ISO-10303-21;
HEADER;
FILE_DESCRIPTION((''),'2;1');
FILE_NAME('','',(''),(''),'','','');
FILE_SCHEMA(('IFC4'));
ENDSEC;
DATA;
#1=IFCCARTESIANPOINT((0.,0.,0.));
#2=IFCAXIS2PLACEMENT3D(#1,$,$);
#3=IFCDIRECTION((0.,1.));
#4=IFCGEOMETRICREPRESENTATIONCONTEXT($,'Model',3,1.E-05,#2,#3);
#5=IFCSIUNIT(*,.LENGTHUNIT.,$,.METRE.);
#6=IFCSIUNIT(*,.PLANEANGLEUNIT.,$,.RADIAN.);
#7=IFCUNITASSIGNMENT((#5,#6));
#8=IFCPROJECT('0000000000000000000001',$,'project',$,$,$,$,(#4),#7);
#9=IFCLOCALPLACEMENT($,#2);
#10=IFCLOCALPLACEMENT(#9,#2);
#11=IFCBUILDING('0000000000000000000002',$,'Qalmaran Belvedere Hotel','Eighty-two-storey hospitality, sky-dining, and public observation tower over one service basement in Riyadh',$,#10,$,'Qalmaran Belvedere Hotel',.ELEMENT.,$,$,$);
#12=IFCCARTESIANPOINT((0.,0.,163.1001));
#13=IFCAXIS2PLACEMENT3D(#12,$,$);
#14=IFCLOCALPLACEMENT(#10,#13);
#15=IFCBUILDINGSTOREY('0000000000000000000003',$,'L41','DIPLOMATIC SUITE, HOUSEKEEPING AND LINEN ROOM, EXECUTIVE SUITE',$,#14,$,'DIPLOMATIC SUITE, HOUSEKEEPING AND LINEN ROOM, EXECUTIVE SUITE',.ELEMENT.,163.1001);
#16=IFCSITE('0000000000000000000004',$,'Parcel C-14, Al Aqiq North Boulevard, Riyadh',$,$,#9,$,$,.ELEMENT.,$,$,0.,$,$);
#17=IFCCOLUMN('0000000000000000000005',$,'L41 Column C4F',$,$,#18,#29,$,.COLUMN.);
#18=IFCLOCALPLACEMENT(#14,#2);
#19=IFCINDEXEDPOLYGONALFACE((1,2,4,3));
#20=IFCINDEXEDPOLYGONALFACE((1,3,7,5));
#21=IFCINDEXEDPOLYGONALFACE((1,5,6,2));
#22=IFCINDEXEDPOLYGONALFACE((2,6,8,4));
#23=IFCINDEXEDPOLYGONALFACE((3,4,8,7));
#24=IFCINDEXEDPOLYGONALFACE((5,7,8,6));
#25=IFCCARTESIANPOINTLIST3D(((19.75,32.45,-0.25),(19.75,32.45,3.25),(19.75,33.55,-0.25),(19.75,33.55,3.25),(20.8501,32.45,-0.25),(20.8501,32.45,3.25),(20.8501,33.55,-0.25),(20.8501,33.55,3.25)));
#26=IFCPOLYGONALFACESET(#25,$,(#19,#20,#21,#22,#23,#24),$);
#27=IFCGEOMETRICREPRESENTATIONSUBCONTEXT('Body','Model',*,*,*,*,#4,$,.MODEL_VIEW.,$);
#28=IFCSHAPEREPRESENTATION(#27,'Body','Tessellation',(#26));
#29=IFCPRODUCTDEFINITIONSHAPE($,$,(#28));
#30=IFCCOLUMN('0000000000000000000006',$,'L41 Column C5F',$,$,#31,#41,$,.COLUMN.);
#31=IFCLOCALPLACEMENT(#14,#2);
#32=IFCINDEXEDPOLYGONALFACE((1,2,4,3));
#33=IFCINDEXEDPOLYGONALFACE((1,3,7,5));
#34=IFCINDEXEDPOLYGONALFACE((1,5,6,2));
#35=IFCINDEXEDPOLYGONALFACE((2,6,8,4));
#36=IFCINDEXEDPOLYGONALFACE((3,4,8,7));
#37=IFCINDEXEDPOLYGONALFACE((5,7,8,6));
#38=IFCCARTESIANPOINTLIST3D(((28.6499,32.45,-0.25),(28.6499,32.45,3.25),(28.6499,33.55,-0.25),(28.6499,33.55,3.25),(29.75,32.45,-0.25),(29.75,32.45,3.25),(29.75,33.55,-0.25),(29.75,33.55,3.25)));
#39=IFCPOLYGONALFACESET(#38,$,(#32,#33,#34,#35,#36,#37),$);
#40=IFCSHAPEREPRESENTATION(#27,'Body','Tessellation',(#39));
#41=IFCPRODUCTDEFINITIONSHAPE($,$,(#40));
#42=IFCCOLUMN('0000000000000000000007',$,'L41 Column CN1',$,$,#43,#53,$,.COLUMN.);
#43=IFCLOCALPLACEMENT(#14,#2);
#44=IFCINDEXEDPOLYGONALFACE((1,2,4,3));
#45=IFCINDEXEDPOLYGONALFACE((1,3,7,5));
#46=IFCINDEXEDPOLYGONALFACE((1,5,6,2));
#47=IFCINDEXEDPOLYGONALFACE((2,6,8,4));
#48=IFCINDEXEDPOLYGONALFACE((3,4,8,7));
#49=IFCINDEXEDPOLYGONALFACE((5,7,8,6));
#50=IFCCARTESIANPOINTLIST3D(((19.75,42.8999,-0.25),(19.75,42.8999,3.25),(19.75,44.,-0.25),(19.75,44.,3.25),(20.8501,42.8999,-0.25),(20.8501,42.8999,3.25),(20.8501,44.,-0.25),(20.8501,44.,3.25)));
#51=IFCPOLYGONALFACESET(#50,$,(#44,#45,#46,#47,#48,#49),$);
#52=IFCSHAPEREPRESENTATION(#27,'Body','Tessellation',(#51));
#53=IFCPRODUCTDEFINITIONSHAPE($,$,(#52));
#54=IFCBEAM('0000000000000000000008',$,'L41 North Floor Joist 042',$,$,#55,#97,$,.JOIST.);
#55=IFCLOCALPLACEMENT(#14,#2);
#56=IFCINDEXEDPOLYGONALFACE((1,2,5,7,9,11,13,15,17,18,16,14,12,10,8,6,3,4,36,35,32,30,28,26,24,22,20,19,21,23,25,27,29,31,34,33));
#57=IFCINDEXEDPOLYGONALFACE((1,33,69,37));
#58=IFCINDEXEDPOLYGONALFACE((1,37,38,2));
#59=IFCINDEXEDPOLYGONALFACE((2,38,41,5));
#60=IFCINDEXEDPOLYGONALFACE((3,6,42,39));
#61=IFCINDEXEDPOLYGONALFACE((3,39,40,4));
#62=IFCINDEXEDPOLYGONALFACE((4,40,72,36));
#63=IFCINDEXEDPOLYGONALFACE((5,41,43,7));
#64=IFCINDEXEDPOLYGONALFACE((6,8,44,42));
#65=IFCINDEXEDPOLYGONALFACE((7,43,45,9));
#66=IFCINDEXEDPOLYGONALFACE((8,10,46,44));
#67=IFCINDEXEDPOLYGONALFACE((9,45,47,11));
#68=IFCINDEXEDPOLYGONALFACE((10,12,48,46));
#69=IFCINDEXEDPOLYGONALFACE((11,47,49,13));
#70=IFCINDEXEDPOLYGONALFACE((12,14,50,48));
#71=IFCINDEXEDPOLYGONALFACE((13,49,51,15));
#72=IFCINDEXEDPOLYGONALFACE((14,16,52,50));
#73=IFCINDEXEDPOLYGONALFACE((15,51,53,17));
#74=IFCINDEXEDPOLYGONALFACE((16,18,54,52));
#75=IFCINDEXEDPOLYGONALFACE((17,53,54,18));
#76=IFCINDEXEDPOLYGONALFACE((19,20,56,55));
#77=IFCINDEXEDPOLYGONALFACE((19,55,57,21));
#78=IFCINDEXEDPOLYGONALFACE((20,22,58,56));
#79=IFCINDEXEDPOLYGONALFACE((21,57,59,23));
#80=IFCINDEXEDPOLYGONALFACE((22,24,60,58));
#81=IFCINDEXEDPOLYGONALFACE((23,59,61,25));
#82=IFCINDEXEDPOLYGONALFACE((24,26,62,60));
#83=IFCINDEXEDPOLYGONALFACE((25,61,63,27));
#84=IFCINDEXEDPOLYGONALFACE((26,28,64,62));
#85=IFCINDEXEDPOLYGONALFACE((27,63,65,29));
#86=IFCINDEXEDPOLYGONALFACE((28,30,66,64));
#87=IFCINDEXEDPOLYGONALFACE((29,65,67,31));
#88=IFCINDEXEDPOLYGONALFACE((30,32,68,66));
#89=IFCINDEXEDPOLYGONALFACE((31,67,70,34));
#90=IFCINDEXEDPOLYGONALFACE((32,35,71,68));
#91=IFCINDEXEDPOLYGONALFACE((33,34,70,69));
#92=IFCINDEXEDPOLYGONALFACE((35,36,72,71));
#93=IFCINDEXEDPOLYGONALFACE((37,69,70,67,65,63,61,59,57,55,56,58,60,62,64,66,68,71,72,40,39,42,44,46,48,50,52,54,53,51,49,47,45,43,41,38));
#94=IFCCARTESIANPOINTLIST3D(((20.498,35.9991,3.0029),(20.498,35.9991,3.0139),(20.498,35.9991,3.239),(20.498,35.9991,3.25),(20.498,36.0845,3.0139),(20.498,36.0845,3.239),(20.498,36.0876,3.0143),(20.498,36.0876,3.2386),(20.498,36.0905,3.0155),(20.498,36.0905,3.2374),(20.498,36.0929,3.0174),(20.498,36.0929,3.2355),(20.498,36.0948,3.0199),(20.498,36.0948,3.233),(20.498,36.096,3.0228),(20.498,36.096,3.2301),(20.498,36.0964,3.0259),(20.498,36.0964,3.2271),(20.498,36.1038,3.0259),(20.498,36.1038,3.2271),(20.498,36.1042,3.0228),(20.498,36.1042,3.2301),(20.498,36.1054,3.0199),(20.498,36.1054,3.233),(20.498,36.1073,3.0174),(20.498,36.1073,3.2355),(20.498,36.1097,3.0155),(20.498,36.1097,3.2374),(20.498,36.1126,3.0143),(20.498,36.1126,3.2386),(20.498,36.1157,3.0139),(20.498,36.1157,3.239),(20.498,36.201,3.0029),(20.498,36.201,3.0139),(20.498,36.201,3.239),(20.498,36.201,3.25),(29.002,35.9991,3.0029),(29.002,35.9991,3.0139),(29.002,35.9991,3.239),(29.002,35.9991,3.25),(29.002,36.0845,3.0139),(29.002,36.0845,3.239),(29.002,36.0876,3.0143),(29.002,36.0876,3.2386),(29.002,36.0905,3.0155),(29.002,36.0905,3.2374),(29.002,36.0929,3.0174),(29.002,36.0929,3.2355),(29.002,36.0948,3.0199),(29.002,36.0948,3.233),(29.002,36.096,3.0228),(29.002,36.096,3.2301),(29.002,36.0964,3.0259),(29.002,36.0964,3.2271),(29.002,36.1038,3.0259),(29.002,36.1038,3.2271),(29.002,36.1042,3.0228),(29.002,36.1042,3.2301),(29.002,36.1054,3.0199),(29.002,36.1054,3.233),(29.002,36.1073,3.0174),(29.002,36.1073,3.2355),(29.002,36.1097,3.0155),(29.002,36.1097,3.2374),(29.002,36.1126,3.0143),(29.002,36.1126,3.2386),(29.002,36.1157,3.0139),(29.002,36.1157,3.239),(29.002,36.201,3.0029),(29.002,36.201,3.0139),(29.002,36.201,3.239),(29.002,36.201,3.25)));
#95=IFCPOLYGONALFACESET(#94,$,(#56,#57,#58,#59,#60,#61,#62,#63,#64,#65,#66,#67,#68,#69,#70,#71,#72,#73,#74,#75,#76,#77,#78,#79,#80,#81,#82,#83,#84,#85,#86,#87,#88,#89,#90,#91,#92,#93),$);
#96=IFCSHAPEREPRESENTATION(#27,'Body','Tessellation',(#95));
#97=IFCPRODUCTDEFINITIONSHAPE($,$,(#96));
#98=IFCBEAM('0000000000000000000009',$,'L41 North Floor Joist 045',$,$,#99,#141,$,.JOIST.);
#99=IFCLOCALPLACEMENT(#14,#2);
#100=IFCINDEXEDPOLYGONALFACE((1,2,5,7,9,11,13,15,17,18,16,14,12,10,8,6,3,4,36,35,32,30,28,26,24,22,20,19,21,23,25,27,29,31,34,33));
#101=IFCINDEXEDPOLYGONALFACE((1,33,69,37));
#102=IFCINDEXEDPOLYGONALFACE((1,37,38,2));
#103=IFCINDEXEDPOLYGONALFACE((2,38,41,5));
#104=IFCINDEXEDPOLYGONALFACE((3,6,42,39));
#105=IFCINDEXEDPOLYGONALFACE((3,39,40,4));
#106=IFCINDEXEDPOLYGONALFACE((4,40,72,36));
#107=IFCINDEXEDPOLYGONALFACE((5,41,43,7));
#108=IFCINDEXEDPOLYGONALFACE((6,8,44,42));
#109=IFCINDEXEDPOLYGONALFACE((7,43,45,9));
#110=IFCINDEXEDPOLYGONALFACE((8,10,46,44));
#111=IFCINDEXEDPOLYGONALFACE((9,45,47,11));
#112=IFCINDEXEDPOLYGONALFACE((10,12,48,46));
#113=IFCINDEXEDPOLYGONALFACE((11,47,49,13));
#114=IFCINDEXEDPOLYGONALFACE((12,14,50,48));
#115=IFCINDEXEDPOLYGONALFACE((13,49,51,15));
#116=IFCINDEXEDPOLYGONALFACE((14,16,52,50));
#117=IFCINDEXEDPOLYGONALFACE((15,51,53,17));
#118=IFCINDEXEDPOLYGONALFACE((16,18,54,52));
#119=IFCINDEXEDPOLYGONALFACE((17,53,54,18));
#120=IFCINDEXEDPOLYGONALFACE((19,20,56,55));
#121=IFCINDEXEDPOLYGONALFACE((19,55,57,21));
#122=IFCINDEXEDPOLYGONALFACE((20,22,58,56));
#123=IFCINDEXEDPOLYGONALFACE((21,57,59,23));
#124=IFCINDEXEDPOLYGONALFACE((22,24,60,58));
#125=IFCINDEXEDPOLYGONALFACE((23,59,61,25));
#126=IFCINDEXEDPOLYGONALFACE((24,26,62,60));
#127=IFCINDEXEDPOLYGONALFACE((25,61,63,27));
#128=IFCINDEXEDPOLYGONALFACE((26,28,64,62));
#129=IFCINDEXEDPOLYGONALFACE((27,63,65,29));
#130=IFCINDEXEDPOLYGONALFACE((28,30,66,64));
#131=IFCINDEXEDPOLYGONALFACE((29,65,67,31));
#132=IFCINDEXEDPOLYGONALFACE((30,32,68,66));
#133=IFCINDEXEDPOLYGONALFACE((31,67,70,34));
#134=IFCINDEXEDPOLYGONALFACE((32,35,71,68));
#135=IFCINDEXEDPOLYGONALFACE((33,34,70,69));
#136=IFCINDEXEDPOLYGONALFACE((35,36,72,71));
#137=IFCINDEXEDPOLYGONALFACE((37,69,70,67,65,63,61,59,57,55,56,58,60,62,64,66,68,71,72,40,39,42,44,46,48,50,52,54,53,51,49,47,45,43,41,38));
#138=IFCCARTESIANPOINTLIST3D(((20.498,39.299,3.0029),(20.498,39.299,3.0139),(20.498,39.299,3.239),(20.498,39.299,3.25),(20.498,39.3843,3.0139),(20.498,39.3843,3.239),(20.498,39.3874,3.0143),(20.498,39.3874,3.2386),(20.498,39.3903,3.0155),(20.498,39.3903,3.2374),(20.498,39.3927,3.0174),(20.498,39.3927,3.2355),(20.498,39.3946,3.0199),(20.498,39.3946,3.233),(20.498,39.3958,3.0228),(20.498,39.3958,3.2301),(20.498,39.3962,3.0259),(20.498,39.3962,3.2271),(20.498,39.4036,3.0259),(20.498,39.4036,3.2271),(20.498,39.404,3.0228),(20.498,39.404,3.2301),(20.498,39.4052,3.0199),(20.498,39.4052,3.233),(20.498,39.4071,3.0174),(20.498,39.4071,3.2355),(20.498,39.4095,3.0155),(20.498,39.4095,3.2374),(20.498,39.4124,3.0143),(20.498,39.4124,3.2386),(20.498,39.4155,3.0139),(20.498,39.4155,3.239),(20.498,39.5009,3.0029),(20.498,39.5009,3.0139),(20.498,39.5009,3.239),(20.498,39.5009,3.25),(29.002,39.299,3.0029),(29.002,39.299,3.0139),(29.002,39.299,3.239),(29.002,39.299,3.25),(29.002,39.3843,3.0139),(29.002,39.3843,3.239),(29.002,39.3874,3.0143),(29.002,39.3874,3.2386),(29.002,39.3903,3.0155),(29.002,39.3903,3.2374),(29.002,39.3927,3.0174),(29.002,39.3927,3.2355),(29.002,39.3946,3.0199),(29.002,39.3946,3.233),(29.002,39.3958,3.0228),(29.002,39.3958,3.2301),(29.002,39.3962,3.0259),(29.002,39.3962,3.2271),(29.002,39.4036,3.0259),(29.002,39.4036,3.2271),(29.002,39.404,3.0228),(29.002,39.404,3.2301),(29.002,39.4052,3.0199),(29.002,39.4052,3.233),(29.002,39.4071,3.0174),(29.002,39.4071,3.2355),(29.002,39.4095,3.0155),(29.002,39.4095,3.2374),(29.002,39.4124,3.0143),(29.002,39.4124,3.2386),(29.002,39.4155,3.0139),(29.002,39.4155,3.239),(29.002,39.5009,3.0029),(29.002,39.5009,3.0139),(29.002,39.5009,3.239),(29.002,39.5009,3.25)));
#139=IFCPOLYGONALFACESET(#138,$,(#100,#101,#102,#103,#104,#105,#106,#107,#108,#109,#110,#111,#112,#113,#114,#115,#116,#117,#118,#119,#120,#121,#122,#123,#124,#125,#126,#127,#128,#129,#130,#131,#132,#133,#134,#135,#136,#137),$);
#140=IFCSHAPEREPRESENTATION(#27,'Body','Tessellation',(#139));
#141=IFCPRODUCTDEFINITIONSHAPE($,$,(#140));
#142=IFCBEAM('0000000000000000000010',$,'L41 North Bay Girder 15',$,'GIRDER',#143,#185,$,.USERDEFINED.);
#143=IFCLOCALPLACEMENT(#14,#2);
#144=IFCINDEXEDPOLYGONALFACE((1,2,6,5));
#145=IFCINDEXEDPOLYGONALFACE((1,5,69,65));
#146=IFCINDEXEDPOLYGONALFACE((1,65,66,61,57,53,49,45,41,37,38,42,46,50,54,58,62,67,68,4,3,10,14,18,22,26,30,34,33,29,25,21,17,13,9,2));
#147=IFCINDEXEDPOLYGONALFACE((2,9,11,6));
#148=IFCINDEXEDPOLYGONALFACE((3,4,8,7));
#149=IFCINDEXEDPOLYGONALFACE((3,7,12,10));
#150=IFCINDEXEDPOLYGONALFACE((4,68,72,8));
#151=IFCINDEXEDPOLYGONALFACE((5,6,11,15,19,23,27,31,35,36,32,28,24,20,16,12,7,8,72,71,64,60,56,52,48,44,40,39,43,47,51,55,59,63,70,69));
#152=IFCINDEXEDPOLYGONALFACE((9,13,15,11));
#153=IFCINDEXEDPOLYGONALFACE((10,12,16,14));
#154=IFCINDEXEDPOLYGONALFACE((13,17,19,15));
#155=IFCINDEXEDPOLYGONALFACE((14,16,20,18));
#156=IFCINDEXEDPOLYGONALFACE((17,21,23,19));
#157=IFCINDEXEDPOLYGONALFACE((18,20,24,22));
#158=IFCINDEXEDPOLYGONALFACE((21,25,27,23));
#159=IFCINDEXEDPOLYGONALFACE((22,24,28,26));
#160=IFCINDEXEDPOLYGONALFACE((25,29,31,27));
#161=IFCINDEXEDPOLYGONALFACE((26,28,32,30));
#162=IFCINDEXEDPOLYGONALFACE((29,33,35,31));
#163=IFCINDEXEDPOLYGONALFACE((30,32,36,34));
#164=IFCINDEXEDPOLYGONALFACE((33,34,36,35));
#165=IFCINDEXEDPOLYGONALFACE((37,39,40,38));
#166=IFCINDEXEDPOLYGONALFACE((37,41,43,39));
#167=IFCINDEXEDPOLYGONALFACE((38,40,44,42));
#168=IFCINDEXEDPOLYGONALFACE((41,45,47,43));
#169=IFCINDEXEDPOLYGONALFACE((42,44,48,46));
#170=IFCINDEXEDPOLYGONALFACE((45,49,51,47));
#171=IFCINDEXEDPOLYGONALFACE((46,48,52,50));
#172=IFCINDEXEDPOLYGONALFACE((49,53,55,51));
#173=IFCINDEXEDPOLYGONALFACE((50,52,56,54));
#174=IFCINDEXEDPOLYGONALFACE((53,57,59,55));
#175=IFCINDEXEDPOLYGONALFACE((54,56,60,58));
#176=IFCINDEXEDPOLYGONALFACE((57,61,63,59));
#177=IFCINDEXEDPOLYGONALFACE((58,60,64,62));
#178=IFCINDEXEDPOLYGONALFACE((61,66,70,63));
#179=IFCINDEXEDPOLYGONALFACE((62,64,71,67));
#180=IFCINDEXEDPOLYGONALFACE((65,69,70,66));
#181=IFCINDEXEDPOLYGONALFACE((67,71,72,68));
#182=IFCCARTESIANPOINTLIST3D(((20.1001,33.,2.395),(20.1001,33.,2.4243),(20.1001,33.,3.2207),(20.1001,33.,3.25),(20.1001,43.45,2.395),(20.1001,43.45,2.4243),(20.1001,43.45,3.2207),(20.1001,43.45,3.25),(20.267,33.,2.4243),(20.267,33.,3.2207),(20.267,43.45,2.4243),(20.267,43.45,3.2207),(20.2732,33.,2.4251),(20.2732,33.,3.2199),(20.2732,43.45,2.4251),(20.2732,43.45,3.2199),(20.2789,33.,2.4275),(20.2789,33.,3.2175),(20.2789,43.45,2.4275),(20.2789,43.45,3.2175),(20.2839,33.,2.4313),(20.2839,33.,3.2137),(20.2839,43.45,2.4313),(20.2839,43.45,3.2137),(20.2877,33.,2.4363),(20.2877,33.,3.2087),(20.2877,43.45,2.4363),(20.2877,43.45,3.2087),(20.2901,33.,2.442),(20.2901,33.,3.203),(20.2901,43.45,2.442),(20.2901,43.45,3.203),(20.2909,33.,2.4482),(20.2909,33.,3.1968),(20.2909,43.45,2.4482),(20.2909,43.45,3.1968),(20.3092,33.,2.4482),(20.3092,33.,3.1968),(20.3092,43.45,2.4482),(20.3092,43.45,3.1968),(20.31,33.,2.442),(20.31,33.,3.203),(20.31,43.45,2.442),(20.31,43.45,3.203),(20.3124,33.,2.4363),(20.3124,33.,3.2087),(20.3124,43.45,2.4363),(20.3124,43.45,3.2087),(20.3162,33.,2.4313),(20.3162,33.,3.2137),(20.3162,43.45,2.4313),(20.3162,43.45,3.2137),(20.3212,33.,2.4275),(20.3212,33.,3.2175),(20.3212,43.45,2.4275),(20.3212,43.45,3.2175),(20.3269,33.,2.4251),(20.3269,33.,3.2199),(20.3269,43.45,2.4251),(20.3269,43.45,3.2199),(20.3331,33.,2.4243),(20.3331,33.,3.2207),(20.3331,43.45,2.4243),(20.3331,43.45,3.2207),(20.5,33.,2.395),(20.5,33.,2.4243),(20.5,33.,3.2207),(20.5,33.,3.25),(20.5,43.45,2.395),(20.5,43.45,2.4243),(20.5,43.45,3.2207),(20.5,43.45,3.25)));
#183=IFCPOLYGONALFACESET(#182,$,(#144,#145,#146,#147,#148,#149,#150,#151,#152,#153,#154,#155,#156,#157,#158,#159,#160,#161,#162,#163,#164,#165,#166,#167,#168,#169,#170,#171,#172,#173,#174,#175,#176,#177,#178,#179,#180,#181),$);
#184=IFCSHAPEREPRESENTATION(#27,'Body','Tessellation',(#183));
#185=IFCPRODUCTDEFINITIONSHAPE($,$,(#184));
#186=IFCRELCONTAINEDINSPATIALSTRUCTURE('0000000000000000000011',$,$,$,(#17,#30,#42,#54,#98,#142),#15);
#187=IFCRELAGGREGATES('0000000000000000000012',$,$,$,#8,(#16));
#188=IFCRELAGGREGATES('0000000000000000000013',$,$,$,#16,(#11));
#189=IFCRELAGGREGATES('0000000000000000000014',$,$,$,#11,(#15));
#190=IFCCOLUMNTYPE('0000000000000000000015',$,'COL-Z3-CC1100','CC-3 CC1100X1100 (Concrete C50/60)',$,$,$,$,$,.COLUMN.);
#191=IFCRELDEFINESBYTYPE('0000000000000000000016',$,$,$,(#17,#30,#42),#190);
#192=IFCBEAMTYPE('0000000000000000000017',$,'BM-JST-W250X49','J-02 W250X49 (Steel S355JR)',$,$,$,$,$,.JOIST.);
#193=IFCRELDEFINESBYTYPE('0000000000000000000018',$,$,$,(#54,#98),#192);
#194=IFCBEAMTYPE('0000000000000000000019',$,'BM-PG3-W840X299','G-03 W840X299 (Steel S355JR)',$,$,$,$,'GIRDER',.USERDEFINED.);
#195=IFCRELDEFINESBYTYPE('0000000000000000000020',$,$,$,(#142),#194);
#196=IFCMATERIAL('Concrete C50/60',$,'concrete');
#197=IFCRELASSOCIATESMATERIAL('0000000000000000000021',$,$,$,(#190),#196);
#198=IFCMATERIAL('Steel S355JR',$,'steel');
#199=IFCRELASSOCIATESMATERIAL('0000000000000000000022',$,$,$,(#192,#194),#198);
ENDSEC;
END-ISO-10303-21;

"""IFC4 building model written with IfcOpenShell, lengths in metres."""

from ifc_helpers import new_model, si_unit, direction, frame, origin, origin_2d, place, context, subcontext, project, spatial, rectangle, i_section, extrude, material, material_profile, profile_set, type_object, element, save


model = new_model("IFC4")

# Units and contexts
model_context = context("Model", 3, precision=1e-05, world=origin(), true_north=direction((0.0, 1.0)))
body_context = subcontext(model_context, "Body", "Model", "MODEL_VIEW")
ifc_project = project(units=[si_unit("LENGTHUNIT", "METRE"), si_unit("PLANEANGLEUNIT", "RADIAN")], contexts=[model_context])

# Site, building, storey
site_placement = place(None, origin())
site = spatial("IfcSite", under=ifc_project, at=site_placement, Name="Parcel C-14, Al Aqiq North Boulevard, Riyadh", CompositionType="ELEMENT", RefElevation=0.0)
building_placement = place(site_placement, origin())
building = spatial("IfcBuilding", under=site, at=building_placement, Name="Qalmaran Belvedere Hotel", Description="Eighty-two-storey hospitality, sky-dining, and public observation tower over one service basement in Riyadh", LongName="Qalmaran Belvedere Hotel", CompositionType="ELEMENT")
storey_placement = place(building_placement, frame((0.0, 0.0, 163.1001)))
storey = spatial("IfcBuildingStorey", under=building, at=storey_placement, Name="L41", Description="DIPLOMATIC SUITE, HOUSEKEEPING AND LINEN ROOM, EXECUTIVE SUITE", LongName="DIPLOMATIC SUITE, HOUSEKEEPING AND LINEN ROOM, EXECUTIVE SUITE", CompositionType="ELEMENT", Elevation=163.1001)

# Columns
ifc_material_1 = material(Name="Concrete C50/60", Category="concrete")
ifc_material_profile_1 = material_profile(ifc_material_1, rectangle(XDim=1.1001, YDim=1.1001, at=origin_2d()), Name="CC1100X1100")
ifc_profile_set_1 = profile_set([ifc_material_profile_1], Name="Concrete C50/60")
column_type = type_object("IfcColumnType", Name="COL-Z3-CC1100", Description="CC-3 CC1100X1100 (Concrete C50/60)", PredefinedType="COLUMN", material=ifc_profile_set_1)
for number, where, z_axis, x_axis, name in (
    (1, (20.3, 33.0, -0.25), (0.0, 0.0, 1.0), (1.0, 0.0, 0.0), "L41 Column C4F"),
    (2, (29.2, 33.0, -0.25), (0.0, 0.0, 1.0), (1.0, 0.0, 0.0), "L41 Column C5F"),
    (3, (20.3, 43.45, -0.25), (0.0, 0.0, 1.0), (1.0, 0.0, 0.0), "L41 Column CN1"),
):
    element("IfcColumn", number, at=place(storey_placement, frame(where, z_axis=z_axis, x_axis=x_axis)), inside=storey, type_object=column_type, Name=name, PredefinedType="COLUMN", context=body_context, shape_type="SweptSolid", body=[
        extrude(rectangle(XDim=1.1001, YDim=1.1001, at=origin_2d()), origin(), (0.0, 0.0, 1.0), 3.5),
    ])

# Beams
ifc_material_2 = material(Name="Steel S355JR", Category="steel")
ifc_material_profile_2 = material_profile(ifc_material_2, i_section(OverallWidth=0.2019, OverallDepth=0.2471, WebThickness=0.0073, FlangeThickness=0.011, FilletRadius=0.012, at=origin_2d()), Name="W250X49")
ifc_profile_set_2 = profile_set([ifc_material_profile_2], Name="Steel S355JR")
beam_type_1 = type_object("IfcBeamType", Name="BM-JST-W250X49", Description="J-02 W250X49 (Steel S355JR)", PredefinedType="JOIST", material=ifc_profile_set_2)
for number, where, z_axis, x_axis, name in (
    (4, (20.498, 36.1001, 3.1265), (1.0, 0.0, 0.0), (0.0, 1.0, 0.0), "L41 North Floor Joist 042"),
    (5, (20.498, 39.3999, 3.1265), (1.0, 0.0, 0.0), (0.0, 1.0, 0.0), "L41 North Floor Joist 045"),
):
    element("IfcBeam", number, at=place(storey_placement, frame(where, z_axis=z_axis, x_axis=x_axis)), inside=storey, type_object=beam_type_1, Name=name, PredefinedType="JOIST", context=body_context, shape_type="SweptSolid", body=[
        extrude(i_section(OverallWidth=0.2019, OverallDepth=0.2471, WebThickness=0.0073, FlangeThickness=0.011, FilletRadius=0.012, at=origin_2d()), origin(), (0.0, 0.0, 1.0), 8.5039),
    ])
ifc_material_profile_3 = material_profile(ifc_material_2, i_section(OverallWidth=0.3999, OverallDepth=0.855, WebThickness=0.0183, FlangeThickness=0.0293, FilletRadius=0.0239, at=origin_2d()), Name="W840X299")
ifc_profile_set_3 = profile_set([ifc_material_profile_3], Name="Steel S355JR")
beam_type_2 = type_object("IfcBeamType", Name="BM-PG3-W840X299", Description="G-03 W840X299 (Steel S355JR)", ElementType="GIRDER", PredefinedType="USERDEFINED", material=ifc_profile_set_3)
beam_1_placement = place(storey_placement, frame((20.3, 33.0, 2.8225), z_axis=(0.0, 1.0, 0.0), x_axis=(-1.0, 0.0, 0.0)))
element("IfcBeam", 6, at=beam_1_placement, inside=storey, type_object=beam_type_2, Name="L41 North Bay Girder 15", ObjectType="GIRDER", PredefinedType="USERDEFINED", context=body_context, shape_type="SweptSolid", body=[
    extrude(i_section(OverallWidth=0.3999, OverallDepth=0.855, WebThickness=0.0183, FlangeThickness=0.0293, FilletRadius=0.0239, at=origin_2d()), origin(), (0.0, 0.0, 1.0), 10.45),
])

save(model, "model.ifc")
